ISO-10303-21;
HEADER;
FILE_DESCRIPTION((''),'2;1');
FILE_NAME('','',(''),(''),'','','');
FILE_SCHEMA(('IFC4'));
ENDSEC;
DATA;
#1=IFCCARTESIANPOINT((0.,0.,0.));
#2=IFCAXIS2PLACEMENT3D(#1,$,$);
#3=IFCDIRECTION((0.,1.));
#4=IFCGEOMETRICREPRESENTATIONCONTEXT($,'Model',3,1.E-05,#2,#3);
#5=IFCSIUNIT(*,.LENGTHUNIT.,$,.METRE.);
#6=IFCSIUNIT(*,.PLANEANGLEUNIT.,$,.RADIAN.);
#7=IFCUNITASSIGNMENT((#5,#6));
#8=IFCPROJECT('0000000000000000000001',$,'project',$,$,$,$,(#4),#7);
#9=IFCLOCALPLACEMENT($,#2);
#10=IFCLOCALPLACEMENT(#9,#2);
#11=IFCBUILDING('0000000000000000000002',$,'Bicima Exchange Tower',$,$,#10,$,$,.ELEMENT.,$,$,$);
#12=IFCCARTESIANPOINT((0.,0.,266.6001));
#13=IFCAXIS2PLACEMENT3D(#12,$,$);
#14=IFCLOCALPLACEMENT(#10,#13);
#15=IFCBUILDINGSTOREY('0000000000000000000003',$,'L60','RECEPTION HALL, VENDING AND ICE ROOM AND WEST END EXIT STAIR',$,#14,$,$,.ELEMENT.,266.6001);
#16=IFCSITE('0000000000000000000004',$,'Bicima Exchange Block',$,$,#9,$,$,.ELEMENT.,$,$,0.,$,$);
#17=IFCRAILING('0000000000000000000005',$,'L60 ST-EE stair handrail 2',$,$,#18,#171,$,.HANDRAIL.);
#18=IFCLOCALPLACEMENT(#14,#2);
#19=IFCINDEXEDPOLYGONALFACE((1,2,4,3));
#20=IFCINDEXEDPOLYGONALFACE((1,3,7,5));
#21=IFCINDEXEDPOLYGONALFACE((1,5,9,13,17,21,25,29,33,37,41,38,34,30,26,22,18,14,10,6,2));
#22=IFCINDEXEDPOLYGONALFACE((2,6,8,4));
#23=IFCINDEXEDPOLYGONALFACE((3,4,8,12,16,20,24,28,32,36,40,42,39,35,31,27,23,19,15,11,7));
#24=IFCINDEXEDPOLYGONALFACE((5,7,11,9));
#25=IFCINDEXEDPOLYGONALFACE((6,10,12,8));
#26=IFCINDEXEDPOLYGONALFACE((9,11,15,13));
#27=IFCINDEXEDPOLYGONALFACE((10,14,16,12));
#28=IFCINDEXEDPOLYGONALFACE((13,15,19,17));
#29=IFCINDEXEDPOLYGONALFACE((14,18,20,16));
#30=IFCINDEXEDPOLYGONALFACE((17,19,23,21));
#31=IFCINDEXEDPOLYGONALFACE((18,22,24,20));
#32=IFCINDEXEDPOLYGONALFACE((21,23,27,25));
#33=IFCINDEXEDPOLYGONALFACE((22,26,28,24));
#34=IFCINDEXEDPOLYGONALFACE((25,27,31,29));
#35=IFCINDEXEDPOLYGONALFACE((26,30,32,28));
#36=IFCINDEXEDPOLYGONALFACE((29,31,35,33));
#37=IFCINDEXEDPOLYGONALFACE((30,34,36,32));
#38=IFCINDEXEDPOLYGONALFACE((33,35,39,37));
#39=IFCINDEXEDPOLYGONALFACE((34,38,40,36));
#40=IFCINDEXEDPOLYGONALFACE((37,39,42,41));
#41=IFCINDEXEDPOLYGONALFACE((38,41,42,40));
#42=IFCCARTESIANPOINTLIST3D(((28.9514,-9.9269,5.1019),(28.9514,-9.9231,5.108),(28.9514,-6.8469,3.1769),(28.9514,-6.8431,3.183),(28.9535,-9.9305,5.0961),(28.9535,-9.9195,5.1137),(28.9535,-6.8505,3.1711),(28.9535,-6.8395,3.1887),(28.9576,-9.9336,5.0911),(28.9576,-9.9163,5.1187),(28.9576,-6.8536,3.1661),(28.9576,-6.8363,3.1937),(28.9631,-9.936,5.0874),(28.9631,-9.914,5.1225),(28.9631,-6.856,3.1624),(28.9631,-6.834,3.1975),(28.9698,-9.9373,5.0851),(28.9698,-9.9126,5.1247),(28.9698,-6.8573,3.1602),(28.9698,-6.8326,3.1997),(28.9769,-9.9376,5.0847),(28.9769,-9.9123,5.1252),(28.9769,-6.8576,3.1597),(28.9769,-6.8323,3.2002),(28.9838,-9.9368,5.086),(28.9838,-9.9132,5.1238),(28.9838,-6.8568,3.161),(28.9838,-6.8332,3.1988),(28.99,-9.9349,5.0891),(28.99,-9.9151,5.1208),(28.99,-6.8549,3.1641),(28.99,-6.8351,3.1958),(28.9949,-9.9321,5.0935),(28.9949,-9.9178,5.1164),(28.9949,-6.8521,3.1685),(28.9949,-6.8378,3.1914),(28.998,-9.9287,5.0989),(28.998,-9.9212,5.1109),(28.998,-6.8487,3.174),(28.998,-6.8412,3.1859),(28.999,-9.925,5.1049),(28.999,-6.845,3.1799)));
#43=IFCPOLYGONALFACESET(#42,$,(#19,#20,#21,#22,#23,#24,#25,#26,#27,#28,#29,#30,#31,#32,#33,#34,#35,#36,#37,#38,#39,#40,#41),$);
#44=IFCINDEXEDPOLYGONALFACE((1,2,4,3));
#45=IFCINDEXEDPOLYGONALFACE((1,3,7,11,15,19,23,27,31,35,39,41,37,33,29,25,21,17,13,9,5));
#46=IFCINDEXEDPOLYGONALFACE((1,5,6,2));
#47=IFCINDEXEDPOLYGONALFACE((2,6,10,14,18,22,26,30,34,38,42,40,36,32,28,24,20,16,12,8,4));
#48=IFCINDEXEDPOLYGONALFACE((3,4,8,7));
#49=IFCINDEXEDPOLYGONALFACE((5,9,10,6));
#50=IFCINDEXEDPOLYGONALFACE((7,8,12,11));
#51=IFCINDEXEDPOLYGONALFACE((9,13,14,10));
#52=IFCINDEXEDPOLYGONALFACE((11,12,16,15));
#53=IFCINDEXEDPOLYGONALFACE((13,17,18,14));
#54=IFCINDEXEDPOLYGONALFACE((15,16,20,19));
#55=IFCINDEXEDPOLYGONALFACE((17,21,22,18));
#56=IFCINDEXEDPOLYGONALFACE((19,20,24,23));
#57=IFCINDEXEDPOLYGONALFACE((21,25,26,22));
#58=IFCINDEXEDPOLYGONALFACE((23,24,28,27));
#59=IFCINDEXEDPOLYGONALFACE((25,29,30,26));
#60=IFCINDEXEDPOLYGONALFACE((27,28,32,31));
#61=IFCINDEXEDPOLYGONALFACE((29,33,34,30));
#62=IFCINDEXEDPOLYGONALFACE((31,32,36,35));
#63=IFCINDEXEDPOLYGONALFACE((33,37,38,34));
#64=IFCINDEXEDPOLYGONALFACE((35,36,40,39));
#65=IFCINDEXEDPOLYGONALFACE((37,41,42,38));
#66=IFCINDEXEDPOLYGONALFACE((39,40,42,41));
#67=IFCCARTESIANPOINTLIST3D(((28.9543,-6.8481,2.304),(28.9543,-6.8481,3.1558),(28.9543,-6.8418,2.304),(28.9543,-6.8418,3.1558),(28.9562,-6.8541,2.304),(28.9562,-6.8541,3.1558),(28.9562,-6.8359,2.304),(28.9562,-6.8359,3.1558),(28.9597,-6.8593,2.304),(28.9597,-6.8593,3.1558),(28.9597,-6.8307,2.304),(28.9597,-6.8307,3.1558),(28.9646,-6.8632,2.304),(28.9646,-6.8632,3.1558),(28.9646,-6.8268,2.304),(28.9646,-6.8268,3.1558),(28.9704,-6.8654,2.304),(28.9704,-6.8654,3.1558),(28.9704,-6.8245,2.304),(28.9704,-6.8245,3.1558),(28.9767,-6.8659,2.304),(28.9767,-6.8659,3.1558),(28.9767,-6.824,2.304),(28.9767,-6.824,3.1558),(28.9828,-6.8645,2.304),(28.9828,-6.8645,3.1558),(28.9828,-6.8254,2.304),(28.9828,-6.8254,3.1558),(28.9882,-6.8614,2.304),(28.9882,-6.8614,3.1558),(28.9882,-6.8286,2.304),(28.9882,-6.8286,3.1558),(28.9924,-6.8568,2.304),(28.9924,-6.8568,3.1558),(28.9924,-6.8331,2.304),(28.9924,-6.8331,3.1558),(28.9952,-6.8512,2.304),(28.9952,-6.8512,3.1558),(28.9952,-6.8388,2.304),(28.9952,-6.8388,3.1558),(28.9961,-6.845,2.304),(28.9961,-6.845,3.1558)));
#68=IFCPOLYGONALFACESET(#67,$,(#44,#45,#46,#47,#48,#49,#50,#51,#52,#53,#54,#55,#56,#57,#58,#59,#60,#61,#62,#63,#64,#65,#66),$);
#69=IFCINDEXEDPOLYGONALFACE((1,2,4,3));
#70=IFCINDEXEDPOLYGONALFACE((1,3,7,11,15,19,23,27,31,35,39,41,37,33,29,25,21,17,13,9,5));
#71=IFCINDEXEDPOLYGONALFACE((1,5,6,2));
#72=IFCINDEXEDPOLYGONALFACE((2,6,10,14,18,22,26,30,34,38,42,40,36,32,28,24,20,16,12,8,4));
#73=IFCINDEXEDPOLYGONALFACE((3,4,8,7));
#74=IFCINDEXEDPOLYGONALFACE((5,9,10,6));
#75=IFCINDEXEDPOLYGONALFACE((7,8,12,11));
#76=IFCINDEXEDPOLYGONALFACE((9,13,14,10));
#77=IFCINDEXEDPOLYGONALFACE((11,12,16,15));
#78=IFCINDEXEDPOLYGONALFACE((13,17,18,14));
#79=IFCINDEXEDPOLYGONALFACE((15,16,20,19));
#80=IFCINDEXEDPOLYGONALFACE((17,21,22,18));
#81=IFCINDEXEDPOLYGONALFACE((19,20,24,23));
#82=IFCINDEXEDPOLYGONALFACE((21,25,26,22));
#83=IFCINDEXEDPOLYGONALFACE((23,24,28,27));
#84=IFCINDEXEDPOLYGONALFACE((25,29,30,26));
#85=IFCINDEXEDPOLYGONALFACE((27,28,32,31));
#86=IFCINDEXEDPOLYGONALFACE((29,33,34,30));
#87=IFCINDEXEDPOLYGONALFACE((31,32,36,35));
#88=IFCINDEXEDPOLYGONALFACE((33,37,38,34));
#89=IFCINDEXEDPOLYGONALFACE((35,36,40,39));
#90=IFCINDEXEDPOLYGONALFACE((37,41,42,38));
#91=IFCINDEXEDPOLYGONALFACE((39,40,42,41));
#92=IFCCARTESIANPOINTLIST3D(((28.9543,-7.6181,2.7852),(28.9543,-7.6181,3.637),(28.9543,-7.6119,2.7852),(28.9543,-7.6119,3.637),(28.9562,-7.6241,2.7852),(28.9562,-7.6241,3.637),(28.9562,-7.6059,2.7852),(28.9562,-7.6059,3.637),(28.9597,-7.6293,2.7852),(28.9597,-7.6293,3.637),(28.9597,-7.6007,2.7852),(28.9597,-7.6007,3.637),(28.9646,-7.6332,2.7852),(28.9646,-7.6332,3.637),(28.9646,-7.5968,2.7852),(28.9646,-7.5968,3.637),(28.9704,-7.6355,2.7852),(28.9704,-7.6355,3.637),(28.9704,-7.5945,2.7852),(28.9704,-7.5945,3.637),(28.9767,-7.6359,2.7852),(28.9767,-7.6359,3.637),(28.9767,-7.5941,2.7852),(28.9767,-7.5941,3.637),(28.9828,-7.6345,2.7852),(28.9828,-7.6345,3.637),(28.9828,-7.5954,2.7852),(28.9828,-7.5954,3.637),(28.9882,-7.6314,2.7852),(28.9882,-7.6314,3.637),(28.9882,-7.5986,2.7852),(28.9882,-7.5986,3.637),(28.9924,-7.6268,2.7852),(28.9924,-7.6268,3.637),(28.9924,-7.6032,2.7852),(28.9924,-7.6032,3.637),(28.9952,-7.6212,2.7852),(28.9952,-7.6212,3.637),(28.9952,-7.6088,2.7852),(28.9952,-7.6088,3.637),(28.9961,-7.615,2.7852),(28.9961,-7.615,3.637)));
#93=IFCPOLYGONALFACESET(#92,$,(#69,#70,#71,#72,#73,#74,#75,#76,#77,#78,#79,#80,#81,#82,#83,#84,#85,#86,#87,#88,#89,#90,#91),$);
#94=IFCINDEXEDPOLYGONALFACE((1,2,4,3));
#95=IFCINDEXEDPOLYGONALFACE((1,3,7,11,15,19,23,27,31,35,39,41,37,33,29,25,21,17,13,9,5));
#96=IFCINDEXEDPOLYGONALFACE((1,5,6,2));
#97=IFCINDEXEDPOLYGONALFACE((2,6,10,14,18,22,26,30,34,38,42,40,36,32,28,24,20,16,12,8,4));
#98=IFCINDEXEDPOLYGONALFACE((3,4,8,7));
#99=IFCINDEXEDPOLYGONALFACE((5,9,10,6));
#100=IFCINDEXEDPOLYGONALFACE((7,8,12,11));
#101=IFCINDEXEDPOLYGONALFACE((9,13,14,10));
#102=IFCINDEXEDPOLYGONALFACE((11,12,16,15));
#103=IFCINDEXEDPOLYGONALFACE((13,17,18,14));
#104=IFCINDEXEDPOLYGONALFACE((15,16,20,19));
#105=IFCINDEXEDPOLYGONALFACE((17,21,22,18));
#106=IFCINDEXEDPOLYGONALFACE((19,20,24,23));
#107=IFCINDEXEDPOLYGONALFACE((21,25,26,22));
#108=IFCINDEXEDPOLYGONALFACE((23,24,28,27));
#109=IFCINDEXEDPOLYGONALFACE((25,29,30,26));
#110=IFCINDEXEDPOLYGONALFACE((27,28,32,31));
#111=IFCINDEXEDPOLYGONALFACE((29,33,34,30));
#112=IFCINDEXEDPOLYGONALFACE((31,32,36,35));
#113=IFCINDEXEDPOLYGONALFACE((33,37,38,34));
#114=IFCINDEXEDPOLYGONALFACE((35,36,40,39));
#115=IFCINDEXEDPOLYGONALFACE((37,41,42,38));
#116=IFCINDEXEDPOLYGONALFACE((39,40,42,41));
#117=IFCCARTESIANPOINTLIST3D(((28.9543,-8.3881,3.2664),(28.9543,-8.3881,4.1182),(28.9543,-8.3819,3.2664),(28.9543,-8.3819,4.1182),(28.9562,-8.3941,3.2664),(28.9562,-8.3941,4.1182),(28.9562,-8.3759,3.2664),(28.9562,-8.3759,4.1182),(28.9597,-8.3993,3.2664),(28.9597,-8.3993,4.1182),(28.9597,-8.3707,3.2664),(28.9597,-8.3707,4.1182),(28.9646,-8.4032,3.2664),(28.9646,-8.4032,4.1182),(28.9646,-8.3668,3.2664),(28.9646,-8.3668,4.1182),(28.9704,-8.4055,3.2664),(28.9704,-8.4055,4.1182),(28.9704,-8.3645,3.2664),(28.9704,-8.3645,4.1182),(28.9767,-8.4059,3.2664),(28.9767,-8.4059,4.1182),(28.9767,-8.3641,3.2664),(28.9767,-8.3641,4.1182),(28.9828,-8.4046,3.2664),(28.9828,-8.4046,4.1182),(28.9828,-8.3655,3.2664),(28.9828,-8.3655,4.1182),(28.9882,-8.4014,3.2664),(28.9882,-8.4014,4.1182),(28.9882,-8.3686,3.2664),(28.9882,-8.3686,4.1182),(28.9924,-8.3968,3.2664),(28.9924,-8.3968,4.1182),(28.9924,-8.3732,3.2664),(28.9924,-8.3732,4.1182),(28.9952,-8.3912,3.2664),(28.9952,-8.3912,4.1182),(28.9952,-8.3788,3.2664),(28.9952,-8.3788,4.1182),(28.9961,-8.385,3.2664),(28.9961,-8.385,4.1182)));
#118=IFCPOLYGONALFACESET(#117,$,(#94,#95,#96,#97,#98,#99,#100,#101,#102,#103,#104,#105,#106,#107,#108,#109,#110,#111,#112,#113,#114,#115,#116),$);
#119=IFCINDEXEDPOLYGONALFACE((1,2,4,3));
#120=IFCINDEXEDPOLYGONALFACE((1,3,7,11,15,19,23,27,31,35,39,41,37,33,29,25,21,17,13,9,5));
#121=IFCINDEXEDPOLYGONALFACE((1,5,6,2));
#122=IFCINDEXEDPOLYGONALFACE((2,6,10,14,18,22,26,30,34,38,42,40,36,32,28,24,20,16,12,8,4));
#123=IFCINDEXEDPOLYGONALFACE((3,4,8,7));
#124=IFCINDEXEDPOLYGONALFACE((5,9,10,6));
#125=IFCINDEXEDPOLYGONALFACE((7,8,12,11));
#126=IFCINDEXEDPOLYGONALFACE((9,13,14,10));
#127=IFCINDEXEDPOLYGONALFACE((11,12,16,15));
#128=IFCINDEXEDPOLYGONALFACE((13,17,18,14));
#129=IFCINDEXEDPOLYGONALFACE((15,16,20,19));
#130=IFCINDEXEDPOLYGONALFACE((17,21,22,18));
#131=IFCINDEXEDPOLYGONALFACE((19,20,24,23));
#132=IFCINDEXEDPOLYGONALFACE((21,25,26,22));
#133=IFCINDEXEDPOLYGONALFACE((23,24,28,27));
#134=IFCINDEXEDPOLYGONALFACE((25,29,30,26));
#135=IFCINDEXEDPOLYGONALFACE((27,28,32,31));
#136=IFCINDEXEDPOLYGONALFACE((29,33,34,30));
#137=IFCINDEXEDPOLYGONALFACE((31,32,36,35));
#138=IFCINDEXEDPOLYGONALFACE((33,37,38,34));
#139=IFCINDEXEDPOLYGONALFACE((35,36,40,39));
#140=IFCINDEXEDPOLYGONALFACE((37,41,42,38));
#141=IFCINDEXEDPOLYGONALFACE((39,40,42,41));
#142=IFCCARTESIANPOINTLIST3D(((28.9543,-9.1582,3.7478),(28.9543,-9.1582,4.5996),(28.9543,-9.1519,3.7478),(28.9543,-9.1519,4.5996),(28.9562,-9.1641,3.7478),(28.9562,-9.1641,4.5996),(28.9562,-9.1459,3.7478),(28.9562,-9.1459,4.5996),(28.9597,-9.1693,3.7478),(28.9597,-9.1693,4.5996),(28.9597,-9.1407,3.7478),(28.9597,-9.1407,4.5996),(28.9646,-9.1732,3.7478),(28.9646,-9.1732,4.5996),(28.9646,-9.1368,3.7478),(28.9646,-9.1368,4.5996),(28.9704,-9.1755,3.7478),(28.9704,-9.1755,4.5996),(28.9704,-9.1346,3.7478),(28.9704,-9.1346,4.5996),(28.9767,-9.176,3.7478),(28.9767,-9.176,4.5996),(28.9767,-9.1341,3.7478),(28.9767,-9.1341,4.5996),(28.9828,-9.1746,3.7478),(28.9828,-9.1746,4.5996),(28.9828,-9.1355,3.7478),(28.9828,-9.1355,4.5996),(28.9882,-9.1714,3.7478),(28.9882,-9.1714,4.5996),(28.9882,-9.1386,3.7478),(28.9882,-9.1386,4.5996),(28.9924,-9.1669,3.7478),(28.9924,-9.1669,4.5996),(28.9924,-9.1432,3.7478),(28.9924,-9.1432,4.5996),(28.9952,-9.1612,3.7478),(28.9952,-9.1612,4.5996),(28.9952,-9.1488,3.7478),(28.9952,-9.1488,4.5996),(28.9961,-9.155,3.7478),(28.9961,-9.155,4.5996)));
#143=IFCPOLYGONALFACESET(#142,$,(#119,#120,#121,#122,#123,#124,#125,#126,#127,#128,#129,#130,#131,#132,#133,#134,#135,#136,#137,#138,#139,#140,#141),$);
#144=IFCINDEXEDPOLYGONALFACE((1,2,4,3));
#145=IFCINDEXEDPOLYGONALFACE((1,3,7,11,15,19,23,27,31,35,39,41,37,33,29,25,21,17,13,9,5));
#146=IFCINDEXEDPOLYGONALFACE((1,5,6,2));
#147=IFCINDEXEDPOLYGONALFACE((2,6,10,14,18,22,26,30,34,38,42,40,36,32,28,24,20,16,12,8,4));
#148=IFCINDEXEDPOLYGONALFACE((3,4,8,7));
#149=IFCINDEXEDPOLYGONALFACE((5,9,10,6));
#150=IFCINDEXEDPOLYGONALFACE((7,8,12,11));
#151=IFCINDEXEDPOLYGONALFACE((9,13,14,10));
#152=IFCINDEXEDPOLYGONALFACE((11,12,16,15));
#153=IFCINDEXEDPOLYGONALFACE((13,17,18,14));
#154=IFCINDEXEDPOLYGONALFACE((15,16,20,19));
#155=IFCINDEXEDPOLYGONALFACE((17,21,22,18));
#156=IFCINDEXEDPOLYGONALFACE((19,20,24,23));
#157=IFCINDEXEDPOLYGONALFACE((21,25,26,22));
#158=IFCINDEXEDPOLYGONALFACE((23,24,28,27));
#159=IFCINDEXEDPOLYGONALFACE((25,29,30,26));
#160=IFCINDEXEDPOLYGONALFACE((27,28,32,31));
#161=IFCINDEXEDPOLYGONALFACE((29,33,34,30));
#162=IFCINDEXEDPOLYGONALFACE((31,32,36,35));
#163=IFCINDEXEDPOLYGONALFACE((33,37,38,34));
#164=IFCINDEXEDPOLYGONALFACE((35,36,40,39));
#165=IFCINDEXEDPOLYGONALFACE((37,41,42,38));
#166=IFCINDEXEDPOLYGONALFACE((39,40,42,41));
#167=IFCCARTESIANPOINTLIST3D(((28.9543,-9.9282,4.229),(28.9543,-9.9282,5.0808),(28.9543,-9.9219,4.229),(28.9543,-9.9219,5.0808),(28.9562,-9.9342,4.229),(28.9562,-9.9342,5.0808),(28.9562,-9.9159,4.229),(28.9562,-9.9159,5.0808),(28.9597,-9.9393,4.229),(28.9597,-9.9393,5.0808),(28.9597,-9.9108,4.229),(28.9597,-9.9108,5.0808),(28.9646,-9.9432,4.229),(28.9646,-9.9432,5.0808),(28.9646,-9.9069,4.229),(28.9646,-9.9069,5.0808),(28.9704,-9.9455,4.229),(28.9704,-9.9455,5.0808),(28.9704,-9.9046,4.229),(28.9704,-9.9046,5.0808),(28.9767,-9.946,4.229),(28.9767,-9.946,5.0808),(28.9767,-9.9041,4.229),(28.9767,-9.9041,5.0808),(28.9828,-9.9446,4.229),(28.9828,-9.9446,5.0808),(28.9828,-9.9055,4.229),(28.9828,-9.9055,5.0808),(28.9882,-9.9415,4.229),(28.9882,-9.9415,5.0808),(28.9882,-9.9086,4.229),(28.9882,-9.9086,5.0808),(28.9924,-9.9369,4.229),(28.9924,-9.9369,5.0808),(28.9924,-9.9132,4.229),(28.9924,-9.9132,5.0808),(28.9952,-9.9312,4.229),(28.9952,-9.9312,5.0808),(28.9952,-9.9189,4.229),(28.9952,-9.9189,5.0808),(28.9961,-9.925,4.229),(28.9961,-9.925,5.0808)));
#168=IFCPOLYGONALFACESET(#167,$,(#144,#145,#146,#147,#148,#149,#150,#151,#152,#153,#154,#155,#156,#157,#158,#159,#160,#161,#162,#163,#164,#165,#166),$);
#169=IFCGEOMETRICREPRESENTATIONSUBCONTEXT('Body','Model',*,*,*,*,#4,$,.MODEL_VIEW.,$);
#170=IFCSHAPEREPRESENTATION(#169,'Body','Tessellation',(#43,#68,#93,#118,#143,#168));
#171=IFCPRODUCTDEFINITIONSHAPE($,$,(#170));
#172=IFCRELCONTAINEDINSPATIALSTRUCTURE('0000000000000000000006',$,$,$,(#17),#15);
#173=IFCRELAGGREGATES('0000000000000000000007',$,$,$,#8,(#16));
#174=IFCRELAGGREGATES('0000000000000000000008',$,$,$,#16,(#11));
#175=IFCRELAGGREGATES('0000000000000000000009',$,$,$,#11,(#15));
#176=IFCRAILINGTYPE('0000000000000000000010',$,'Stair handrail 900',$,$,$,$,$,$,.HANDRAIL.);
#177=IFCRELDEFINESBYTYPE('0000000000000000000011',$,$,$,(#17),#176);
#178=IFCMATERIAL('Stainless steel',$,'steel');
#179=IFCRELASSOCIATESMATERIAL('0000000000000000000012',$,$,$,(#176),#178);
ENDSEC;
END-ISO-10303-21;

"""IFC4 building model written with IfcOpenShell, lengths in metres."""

from ifc_helpers import new_model, si_unit, direction, frame, origin, origin_2d, place, context, subcontext, project, spatial, circle, extrude, material, type_object, element, save


model = new_model("IFC4")

# Units and contexts
model_context = context("Model", 3, precision=1e-05, world=origin(), true_north=direction((0.0, 1.0)))
body_context = subcontext(model_context, "Body", "Model", "MODEL_VIEW")
ifc_project = project(units=[si_unit("LENGTHUNIT", "METRE"), si_unit("PLANEANGLEUNIT", "RADIAN")], contexts=[model_context])

# Site, building, storey
site_placement = place(None, origin())
site = spatial("IfcSite", under=ifc_project, at=site_placement, Name="Bicima Exchange Block", CompositionType="ELEMENT", RefElevation=0.0)
building_placement = place(site_placement, origin())
building = spatial("IfcBuilding", under=site, at=building_placement, Name="Bicima Exchange Tower", CompositionType="ELEMENT")
storey_placement = place(building_placement, frame((0.0, 0.0, 266.6001)))
storey = spatial("IfcBuildingStorey", under=building, at=storey_placement, Name="L60", Description="RECEPTION HALL, VENDING AND ICE ROOM AND WEST END EXIT STAIR", CompositionType="ELEMENT", Elevation=266.6001)

# Railing
ifc_material_1 = material(Name="Stainless steel", Category="steel")
railing_type_1 = type_object("IfcRailingType", Name="Stair handrail 900", PredefinedType="HANDRAIL", material=ifc_material_1)
railing_1_placement = place(storey_placement, frame((28.9751, -6.845, 2.304)))
element("IfcRailing", 1, at=railing_1_placement, inside=storey, type_object=railing_type_1, Name="L60 ST-EE stair handrail 2", PredefinedType="HANDRAIL", context=body_context, shape_type="SweptSolid", body=[
    extrude(circle(Radius=0.0239, at=origin_2d()), frame((0.0, 0.0, 0.876), z_axis=(0.0, -0.847998, 0.529999), x_axis=(1.0, 0.0, 0.0)), (0.0, 0.0, 1.0), 3.6321),
    extrude(circle(Radius=0.021, at=origin_2d()), origin(), (0.0, 0.0, 1.0), 0.8518),
    extrude(circle(Radius=0.021, at=origin_2d()), frame((0.0, -0.77, 0.4812)), (0.0, 0.0, 1.0), 0.8518),
    extrude(circle(Radius=0.021, at=origin_2d()), frame((0.0, -1.54, 0.9624)), (0.0, 0.0, 1.0), 0.8518),
    extrude(circle(Radius=0.021, at=origin_2d()), frame((0.0, -2.3101, 1.4438)), (0.0, 0.0, 1.0), 0.8518),
    extrude(circle(Radius=0.021, at=origin_2d()), frame((0.0, -3.0801, 1.925)), (0.0, 0.0, 1.0), 0.8518),
])

save(model, "model.ifc")
